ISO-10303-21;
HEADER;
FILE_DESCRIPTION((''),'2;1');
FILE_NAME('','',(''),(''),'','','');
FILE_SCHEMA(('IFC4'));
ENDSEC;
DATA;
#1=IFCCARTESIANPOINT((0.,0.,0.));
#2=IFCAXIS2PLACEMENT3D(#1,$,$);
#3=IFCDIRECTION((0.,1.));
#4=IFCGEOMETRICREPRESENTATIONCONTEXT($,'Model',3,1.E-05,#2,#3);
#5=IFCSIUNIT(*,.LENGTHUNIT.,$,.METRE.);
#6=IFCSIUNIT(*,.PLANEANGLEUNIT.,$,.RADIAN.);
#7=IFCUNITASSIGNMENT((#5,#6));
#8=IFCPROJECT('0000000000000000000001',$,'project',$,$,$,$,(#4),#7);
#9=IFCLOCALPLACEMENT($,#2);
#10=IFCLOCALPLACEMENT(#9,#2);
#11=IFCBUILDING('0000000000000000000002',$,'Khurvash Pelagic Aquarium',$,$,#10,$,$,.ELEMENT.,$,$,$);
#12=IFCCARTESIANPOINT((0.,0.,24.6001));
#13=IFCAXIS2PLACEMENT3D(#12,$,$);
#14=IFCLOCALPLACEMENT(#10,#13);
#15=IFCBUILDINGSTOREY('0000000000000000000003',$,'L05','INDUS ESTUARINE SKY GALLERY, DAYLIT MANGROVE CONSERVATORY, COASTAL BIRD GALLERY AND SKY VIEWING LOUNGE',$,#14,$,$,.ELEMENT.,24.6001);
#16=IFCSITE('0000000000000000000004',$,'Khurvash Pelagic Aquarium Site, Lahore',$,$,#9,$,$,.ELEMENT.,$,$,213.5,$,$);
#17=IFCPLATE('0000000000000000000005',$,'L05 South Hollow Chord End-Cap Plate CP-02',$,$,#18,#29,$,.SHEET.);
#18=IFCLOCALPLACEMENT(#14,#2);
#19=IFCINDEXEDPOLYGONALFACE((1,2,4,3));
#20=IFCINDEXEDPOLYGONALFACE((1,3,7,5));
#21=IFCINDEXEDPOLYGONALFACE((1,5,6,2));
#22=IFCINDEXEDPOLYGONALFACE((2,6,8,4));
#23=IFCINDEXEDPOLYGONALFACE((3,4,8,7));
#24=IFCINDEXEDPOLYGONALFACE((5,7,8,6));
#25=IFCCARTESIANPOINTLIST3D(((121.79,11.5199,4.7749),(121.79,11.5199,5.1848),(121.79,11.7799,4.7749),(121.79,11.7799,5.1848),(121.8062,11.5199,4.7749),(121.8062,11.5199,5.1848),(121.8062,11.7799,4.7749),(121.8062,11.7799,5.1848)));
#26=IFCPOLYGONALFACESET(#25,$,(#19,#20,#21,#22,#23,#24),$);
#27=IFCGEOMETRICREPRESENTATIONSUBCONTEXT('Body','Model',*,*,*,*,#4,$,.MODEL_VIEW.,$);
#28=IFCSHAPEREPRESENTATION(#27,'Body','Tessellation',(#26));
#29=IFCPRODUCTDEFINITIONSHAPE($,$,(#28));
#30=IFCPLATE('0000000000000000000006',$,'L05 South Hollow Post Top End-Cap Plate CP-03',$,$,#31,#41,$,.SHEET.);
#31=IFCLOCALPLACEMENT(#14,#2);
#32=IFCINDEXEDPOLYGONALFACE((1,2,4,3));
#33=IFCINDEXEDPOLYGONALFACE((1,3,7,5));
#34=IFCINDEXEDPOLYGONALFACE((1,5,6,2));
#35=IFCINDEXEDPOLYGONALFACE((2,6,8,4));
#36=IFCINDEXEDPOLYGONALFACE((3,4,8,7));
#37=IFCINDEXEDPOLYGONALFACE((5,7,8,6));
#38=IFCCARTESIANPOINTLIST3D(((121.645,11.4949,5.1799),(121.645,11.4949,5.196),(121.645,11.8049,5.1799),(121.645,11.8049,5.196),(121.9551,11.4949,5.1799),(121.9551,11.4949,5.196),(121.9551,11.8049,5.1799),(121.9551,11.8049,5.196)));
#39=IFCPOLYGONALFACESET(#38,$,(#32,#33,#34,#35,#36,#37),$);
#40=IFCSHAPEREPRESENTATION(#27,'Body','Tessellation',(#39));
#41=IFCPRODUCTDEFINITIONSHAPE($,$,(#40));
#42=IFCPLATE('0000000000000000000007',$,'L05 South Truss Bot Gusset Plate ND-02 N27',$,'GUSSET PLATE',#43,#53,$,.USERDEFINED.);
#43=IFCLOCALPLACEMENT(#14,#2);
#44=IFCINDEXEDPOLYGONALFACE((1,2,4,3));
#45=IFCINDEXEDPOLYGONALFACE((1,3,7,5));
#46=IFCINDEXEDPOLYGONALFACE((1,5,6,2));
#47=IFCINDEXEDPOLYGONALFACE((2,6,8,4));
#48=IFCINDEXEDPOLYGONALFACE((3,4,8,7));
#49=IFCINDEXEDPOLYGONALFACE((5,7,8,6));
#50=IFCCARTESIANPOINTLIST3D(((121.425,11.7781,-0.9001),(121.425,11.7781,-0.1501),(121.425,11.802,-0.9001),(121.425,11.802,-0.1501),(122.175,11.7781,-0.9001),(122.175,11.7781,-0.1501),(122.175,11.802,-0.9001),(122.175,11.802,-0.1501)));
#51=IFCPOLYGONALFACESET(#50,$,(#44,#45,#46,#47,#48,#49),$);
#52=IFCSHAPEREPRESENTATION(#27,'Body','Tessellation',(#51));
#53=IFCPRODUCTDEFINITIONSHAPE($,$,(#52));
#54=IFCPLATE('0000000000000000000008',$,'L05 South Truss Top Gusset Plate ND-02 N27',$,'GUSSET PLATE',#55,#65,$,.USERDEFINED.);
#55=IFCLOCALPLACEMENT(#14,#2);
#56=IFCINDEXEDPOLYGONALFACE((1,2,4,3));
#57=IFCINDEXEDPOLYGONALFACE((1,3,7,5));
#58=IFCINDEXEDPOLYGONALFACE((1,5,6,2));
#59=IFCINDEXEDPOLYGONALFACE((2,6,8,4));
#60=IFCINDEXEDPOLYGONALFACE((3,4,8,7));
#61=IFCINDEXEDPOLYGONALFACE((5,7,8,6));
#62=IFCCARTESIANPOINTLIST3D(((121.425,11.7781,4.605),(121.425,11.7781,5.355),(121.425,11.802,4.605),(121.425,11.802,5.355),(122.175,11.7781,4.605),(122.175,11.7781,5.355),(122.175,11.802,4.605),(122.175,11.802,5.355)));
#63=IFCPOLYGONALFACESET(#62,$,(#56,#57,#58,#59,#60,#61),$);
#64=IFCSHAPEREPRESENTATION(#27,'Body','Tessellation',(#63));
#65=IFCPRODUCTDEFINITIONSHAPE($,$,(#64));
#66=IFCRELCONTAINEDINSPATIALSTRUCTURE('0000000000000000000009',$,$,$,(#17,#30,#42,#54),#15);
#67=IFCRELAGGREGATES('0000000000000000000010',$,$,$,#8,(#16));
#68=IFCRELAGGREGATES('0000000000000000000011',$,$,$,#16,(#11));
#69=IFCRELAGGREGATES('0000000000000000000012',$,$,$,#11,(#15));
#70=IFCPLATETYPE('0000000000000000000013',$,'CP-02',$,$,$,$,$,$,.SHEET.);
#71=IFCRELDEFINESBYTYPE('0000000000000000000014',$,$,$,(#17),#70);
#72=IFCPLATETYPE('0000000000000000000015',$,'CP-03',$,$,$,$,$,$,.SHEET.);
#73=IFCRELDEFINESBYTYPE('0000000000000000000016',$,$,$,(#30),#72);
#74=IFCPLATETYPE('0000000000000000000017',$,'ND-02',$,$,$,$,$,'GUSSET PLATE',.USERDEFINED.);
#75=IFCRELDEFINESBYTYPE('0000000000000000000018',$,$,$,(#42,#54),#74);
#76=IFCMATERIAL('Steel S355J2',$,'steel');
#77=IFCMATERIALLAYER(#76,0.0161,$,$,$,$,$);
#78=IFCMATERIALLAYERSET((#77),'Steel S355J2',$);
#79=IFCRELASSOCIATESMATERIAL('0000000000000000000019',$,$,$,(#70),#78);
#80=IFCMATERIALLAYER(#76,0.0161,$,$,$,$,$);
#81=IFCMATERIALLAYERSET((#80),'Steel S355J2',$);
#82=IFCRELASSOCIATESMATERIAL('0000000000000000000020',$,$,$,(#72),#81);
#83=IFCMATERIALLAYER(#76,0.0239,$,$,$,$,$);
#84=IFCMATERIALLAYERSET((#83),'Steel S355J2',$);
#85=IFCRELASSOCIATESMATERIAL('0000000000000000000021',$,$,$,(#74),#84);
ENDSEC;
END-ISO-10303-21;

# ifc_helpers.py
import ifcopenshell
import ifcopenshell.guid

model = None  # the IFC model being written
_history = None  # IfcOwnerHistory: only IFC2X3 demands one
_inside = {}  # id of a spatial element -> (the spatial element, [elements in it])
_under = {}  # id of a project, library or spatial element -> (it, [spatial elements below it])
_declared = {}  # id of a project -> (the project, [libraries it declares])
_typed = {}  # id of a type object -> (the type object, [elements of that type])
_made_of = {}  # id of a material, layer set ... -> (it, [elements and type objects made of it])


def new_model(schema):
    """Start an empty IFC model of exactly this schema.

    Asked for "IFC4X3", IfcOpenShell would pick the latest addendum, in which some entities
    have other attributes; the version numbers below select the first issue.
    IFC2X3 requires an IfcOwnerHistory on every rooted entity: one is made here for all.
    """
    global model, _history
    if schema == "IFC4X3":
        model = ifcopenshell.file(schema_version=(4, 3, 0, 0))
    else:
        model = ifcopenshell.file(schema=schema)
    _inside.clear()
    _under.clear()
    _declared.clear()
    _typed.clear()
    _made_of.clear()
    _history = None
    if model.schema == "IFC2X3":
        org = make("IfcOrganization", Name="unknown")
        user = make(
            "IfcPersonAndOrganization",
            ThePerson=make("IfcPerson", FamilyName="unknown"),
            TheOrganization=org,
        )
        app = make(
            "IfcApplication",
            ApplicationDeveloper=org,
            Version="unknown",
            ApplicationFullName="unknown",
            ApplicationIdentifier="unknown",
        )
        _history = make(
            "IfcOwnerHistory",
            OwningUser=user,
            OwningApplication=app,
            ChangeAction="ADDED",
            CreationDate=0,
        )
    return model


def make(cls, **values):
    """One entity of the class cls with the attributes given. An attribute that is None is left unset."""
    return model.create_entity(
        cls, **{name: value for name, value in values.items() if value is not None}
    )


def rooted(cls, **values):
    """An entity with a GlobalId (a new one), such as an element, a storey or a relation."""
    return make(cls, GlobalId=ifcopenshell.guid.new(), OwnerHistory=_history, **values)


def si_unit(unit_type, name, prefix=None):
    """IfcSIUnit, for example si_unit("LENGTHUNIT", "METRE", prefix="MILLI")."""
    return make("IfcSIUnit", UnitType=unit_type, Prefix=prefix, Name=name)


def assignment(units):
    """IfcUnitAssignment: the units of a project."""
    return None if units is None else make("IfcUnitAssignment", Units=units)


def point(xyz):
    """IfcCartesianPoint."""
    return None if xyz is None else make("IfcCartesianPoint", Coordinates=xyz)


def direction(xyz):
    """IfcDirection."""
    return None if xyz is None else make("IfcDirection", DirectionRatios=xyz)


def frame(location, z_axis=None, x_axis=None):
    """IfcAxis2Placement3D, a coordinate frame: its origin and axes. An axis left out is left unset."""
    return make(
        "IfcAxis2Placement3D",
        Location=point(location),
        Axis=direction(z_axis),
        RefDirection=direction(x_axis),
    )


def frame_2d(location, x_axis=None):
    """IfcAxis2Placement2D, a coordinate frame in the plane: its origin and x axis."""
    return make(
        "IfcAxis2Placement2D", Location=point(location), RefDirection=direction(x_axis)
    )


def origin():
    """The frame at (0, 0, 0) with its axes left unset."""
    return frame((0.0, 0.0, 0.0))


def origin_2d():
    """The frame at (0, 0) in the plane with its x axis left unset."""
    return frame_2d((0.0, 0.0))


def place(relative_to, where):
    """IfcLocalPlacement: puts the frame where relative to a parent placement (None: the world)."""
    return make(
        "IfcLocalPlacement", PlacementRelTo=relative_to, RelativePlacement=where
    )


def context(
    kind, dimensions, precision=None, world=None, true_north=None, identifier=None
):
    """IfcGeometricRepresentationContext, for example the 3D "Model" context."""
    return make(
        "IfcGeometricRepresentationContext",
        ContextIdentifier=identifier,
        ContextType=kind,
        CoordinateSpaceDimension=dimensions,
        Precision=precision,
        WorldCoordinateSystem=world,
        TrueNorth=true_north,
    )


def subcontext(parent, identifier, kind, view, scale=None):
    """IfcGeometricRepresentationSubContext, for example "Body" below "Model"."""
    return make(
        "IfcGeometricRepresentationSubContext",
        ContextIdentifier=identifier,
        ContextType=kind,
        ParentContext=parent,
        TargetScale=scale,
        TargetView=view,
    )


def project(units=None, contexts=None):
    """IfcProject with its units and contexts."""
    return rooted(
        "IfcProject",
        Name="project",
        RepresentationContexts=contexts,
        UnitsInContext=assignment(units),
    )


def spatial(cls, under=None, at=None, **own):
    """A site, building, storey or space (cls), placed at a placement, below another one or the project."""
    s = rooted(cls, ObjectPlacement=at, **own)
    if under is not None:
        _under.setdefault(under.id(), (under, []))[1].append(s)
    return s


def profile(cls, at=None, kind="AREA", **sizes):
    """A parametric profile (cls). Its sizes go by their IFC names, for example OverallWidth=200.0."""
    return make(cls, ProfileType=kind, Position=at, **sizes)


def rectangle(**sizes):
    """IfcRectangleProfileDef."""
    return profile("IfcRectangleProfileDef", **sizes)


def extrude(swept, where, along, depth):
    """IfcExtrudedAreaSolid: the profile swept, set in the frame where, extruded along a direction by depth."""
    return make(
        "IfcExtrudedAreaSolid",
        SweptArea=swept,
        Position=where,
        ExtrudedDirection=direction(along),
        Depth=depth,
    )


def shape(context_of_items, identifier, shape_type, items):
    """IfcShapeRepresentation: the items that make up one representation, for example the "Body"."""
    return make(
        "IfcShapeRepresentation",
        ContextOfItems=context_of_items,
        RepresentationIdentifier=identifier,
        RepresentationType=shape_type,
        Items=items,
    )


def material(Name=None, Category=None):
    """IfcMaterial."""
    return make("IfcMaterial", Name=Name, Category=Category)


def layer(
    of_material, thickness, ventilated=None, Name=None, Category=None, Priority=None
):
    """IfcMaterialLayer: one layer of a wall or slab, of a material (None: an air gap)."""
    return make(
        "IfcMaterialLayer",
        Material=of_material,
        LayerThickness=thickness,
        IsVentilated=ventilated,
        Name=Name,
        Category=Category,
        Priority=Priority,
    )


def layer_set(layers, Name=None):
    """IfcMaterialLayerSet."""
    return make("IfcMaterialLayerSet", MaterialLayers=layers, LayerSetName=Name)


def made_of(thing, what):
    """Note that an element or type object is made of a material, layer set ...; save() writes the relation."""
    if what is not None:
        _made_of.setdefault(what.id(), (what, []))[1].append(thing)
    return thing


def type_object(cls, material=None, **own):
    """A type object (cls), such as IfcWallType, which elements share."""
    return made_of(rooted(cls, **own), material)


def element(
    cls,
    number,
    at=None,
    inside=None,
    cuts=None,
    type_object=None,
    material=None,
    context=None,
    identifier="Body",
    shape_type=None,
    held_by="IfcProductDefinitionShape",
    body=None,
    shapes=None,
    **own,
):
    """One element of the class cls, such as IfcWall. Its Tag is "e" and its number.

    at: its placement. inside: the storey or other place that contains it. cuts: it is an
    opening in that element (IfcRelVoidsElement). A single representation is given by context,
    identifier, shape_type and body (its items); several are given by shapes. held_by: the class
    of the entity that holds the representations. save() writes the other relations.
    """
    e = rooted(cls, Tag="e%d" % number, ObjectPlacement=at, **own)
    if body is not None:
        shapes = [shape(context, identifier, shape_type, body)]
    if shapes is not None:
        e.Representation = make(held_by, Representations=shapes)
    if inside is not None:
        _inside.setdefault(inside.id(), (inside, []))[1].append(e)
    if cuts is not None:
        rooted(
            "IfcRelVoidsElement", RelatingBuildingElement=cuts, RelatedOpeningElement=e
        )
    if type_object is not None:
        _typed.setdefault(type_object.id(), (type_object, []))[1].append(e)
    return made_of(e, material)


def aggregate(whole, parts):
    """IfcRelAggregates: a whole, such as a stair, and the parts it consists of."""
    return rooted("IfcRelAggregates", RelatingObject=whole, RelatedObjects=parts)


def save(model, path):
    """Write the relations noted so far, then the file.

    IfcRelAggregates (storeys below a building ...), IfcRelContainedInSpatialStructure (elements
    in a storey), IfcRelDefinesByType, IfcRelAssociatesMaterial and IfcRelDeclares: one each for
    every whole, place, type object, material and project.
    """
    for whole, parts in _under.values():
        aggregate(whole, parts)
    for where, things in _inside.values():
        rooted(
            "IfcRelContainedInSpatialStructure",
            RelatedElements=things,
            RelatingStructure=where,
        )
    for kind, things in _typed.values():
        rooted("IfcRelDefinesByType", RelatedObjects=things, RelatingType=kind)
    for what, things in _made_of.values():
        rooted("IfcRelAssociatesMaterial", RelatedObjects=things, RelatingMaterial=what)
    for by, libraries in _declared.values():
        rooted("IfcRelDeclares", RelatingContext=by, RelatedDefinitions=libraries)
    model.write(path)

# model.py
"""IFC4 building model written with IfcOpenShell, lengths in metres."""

from ifc_helpers import new_model, si_unit, direction, frame, origin, origin_2d, place, context, subcontext, project, spatial, rectangle, extrude, material, layer, layer_set, type_object, element, save


model = new_model("IFC4")

# Units and contexts
model_context = context("Model", 3, precision=1e-05, world=origin(), true_north=direction((0.0, 1.0)))
body_context = subcontext(model_context, "Body", "Model", "MODEL_VIEW")
ifc_project = project(units=[si_unit("LENGTHUNIT", "METRE"), si_unit("PLANEANGLEUNIT", "RADIAN")], contexts=[model_context])

# Site, building, storey
site_placement = place(None, origin())
site = spatial("IfcSite", under=ifc_project, at=site_placement, Name="Khurvash Pelagic Aquarium Site, Lahore", CompositionType="ELEMENT", RefElevation=213.5)
building_placement = place(site_placement, origin())
building = spatial("IfcBuilding", under=site, at=building_placement, Name="Khurvash Pelagic Aquarium", CompositionType="ELEMENT")
storey_placement = place(building_placement, frame((0.0, 0.0, 24.6001)))
storey = spatial("IfcBuildingStorey", under=building, at=storey_placement, Name="L05", Description="INDUS ESTUARINE SKY GALLERY, DAYLIT MANGROVE CONSERVATORY, COASTAL BIRD GALLERY AND SKY VIEWING LOUNGE", CompositionType="ELEMENT", Elevation=24.6001)

# Shared definitions
ifc_material_1 = material(Name="Steel S355J2", Category="steel")

# Plates
ifc_layer_1 = layer(ifc_material_1, 0.0161)
ifc_layer_set_1 = layer_set([ifc_layer_1], Name="Steel S355J2")
plate_type_1 = type_object("IfcPlateType", Name="CP-02", PredefinedType="SHEET", material=ifc_layer_set_1)
plate_1_placement = place(storey_placement, frame((121.7981, 11.6499, 4.7749), z_axis=(0.0, 0.0, 1.0), x_axis=(0.0, 1.0, 0.0)))
element("IfcPlate", 1, at=plate_1_placement, inside=storey, type_object=plate_type_1, Name="L05 South Hollow Chord End-Cap Plate CP-02", PredefinedType="SHEET", context=body_context, shape_type="SweptSolid", body=[
    extrude(rectangle(XDim=0.26, YDim=0.0161, at=origin_2d()), origin(), (0.0, 0.0, 1.0), 0.4099),
])
ifc_layer_2 = layer(ifc_material_1, 0.0161)
ifc_layer_set_2 = layer_set([ifc_layer_2], Name="Steel S355J2")
plate_type_2 = type_object("IfcPlateType", Name="CP-03", PredefinedType="SHEET", material=ifc_layer_set_2)
plate_2_placement = place(storey_placement, frame((121.8, 11.6499, 5.1799), z_axis=(0.0, 0.0, 1.0), x_axis=(1.0, 0.0, 0.0)))
element("IfcPlate", 2, at=plate_2_placement, inside=storey, type_object=plate_type_2, Name="L05 South Hollow Post Top End-Cap Plate CP-03", PredefinedType="SHEET", context=body_context, shape_type="SweptSolid", body=[
    extrude(rectangle(XDim=0.3101, YDim=0.3101, at=origin_2d()), origin(), (0.0, 0.0, 1.0), 0.0161),
])
ifc_layer_3 = layer(ifc_material_1, 0.0239)
ifc_layer_set_3 = layer_set([ifc_layer_3], Name="Steel S355J2")
plate_type_3 = type_object("IfcPlateType", Name="ND-02", ElementType="GUSSET PLATE", PredefinedType="USERDEFINED", material=ifc_layer_set_3)
for number, where, z_axis, x_axis, name in (
    (3, (121.8, 11.79, -0.9001), (0.0, 0.0, 1.0), (1.0, 0.0, 0.0), "L05 South Truss Bot Gusset Plate ND-02 N27"),
    (4, (121.8, 11.79, 4.605), (0.0, 0.0, 1.0), (1.0, 0.0, 0.0), "L05 South Truss Top Gusset Plate ND-02 N27"),
):
    element("IfcPlate", number, at=place(storey_placement, frame(where, z_axis=z_axis, x_axis=x_axis)), inside=storey, type_object=plate_type_3, Name=name, ObjectType="GUSSET PLATE", PredefinedType="USERDEFINED", context=body_context, shape_type="SweptSolid", body=[
        extrude(rectangle(XDim=0.75, YDim=0.0239, at=origin_2d()), origin(), (0.0, 0.0, 1.0), 0.75),
    ])

save(model, "model.ifc")
